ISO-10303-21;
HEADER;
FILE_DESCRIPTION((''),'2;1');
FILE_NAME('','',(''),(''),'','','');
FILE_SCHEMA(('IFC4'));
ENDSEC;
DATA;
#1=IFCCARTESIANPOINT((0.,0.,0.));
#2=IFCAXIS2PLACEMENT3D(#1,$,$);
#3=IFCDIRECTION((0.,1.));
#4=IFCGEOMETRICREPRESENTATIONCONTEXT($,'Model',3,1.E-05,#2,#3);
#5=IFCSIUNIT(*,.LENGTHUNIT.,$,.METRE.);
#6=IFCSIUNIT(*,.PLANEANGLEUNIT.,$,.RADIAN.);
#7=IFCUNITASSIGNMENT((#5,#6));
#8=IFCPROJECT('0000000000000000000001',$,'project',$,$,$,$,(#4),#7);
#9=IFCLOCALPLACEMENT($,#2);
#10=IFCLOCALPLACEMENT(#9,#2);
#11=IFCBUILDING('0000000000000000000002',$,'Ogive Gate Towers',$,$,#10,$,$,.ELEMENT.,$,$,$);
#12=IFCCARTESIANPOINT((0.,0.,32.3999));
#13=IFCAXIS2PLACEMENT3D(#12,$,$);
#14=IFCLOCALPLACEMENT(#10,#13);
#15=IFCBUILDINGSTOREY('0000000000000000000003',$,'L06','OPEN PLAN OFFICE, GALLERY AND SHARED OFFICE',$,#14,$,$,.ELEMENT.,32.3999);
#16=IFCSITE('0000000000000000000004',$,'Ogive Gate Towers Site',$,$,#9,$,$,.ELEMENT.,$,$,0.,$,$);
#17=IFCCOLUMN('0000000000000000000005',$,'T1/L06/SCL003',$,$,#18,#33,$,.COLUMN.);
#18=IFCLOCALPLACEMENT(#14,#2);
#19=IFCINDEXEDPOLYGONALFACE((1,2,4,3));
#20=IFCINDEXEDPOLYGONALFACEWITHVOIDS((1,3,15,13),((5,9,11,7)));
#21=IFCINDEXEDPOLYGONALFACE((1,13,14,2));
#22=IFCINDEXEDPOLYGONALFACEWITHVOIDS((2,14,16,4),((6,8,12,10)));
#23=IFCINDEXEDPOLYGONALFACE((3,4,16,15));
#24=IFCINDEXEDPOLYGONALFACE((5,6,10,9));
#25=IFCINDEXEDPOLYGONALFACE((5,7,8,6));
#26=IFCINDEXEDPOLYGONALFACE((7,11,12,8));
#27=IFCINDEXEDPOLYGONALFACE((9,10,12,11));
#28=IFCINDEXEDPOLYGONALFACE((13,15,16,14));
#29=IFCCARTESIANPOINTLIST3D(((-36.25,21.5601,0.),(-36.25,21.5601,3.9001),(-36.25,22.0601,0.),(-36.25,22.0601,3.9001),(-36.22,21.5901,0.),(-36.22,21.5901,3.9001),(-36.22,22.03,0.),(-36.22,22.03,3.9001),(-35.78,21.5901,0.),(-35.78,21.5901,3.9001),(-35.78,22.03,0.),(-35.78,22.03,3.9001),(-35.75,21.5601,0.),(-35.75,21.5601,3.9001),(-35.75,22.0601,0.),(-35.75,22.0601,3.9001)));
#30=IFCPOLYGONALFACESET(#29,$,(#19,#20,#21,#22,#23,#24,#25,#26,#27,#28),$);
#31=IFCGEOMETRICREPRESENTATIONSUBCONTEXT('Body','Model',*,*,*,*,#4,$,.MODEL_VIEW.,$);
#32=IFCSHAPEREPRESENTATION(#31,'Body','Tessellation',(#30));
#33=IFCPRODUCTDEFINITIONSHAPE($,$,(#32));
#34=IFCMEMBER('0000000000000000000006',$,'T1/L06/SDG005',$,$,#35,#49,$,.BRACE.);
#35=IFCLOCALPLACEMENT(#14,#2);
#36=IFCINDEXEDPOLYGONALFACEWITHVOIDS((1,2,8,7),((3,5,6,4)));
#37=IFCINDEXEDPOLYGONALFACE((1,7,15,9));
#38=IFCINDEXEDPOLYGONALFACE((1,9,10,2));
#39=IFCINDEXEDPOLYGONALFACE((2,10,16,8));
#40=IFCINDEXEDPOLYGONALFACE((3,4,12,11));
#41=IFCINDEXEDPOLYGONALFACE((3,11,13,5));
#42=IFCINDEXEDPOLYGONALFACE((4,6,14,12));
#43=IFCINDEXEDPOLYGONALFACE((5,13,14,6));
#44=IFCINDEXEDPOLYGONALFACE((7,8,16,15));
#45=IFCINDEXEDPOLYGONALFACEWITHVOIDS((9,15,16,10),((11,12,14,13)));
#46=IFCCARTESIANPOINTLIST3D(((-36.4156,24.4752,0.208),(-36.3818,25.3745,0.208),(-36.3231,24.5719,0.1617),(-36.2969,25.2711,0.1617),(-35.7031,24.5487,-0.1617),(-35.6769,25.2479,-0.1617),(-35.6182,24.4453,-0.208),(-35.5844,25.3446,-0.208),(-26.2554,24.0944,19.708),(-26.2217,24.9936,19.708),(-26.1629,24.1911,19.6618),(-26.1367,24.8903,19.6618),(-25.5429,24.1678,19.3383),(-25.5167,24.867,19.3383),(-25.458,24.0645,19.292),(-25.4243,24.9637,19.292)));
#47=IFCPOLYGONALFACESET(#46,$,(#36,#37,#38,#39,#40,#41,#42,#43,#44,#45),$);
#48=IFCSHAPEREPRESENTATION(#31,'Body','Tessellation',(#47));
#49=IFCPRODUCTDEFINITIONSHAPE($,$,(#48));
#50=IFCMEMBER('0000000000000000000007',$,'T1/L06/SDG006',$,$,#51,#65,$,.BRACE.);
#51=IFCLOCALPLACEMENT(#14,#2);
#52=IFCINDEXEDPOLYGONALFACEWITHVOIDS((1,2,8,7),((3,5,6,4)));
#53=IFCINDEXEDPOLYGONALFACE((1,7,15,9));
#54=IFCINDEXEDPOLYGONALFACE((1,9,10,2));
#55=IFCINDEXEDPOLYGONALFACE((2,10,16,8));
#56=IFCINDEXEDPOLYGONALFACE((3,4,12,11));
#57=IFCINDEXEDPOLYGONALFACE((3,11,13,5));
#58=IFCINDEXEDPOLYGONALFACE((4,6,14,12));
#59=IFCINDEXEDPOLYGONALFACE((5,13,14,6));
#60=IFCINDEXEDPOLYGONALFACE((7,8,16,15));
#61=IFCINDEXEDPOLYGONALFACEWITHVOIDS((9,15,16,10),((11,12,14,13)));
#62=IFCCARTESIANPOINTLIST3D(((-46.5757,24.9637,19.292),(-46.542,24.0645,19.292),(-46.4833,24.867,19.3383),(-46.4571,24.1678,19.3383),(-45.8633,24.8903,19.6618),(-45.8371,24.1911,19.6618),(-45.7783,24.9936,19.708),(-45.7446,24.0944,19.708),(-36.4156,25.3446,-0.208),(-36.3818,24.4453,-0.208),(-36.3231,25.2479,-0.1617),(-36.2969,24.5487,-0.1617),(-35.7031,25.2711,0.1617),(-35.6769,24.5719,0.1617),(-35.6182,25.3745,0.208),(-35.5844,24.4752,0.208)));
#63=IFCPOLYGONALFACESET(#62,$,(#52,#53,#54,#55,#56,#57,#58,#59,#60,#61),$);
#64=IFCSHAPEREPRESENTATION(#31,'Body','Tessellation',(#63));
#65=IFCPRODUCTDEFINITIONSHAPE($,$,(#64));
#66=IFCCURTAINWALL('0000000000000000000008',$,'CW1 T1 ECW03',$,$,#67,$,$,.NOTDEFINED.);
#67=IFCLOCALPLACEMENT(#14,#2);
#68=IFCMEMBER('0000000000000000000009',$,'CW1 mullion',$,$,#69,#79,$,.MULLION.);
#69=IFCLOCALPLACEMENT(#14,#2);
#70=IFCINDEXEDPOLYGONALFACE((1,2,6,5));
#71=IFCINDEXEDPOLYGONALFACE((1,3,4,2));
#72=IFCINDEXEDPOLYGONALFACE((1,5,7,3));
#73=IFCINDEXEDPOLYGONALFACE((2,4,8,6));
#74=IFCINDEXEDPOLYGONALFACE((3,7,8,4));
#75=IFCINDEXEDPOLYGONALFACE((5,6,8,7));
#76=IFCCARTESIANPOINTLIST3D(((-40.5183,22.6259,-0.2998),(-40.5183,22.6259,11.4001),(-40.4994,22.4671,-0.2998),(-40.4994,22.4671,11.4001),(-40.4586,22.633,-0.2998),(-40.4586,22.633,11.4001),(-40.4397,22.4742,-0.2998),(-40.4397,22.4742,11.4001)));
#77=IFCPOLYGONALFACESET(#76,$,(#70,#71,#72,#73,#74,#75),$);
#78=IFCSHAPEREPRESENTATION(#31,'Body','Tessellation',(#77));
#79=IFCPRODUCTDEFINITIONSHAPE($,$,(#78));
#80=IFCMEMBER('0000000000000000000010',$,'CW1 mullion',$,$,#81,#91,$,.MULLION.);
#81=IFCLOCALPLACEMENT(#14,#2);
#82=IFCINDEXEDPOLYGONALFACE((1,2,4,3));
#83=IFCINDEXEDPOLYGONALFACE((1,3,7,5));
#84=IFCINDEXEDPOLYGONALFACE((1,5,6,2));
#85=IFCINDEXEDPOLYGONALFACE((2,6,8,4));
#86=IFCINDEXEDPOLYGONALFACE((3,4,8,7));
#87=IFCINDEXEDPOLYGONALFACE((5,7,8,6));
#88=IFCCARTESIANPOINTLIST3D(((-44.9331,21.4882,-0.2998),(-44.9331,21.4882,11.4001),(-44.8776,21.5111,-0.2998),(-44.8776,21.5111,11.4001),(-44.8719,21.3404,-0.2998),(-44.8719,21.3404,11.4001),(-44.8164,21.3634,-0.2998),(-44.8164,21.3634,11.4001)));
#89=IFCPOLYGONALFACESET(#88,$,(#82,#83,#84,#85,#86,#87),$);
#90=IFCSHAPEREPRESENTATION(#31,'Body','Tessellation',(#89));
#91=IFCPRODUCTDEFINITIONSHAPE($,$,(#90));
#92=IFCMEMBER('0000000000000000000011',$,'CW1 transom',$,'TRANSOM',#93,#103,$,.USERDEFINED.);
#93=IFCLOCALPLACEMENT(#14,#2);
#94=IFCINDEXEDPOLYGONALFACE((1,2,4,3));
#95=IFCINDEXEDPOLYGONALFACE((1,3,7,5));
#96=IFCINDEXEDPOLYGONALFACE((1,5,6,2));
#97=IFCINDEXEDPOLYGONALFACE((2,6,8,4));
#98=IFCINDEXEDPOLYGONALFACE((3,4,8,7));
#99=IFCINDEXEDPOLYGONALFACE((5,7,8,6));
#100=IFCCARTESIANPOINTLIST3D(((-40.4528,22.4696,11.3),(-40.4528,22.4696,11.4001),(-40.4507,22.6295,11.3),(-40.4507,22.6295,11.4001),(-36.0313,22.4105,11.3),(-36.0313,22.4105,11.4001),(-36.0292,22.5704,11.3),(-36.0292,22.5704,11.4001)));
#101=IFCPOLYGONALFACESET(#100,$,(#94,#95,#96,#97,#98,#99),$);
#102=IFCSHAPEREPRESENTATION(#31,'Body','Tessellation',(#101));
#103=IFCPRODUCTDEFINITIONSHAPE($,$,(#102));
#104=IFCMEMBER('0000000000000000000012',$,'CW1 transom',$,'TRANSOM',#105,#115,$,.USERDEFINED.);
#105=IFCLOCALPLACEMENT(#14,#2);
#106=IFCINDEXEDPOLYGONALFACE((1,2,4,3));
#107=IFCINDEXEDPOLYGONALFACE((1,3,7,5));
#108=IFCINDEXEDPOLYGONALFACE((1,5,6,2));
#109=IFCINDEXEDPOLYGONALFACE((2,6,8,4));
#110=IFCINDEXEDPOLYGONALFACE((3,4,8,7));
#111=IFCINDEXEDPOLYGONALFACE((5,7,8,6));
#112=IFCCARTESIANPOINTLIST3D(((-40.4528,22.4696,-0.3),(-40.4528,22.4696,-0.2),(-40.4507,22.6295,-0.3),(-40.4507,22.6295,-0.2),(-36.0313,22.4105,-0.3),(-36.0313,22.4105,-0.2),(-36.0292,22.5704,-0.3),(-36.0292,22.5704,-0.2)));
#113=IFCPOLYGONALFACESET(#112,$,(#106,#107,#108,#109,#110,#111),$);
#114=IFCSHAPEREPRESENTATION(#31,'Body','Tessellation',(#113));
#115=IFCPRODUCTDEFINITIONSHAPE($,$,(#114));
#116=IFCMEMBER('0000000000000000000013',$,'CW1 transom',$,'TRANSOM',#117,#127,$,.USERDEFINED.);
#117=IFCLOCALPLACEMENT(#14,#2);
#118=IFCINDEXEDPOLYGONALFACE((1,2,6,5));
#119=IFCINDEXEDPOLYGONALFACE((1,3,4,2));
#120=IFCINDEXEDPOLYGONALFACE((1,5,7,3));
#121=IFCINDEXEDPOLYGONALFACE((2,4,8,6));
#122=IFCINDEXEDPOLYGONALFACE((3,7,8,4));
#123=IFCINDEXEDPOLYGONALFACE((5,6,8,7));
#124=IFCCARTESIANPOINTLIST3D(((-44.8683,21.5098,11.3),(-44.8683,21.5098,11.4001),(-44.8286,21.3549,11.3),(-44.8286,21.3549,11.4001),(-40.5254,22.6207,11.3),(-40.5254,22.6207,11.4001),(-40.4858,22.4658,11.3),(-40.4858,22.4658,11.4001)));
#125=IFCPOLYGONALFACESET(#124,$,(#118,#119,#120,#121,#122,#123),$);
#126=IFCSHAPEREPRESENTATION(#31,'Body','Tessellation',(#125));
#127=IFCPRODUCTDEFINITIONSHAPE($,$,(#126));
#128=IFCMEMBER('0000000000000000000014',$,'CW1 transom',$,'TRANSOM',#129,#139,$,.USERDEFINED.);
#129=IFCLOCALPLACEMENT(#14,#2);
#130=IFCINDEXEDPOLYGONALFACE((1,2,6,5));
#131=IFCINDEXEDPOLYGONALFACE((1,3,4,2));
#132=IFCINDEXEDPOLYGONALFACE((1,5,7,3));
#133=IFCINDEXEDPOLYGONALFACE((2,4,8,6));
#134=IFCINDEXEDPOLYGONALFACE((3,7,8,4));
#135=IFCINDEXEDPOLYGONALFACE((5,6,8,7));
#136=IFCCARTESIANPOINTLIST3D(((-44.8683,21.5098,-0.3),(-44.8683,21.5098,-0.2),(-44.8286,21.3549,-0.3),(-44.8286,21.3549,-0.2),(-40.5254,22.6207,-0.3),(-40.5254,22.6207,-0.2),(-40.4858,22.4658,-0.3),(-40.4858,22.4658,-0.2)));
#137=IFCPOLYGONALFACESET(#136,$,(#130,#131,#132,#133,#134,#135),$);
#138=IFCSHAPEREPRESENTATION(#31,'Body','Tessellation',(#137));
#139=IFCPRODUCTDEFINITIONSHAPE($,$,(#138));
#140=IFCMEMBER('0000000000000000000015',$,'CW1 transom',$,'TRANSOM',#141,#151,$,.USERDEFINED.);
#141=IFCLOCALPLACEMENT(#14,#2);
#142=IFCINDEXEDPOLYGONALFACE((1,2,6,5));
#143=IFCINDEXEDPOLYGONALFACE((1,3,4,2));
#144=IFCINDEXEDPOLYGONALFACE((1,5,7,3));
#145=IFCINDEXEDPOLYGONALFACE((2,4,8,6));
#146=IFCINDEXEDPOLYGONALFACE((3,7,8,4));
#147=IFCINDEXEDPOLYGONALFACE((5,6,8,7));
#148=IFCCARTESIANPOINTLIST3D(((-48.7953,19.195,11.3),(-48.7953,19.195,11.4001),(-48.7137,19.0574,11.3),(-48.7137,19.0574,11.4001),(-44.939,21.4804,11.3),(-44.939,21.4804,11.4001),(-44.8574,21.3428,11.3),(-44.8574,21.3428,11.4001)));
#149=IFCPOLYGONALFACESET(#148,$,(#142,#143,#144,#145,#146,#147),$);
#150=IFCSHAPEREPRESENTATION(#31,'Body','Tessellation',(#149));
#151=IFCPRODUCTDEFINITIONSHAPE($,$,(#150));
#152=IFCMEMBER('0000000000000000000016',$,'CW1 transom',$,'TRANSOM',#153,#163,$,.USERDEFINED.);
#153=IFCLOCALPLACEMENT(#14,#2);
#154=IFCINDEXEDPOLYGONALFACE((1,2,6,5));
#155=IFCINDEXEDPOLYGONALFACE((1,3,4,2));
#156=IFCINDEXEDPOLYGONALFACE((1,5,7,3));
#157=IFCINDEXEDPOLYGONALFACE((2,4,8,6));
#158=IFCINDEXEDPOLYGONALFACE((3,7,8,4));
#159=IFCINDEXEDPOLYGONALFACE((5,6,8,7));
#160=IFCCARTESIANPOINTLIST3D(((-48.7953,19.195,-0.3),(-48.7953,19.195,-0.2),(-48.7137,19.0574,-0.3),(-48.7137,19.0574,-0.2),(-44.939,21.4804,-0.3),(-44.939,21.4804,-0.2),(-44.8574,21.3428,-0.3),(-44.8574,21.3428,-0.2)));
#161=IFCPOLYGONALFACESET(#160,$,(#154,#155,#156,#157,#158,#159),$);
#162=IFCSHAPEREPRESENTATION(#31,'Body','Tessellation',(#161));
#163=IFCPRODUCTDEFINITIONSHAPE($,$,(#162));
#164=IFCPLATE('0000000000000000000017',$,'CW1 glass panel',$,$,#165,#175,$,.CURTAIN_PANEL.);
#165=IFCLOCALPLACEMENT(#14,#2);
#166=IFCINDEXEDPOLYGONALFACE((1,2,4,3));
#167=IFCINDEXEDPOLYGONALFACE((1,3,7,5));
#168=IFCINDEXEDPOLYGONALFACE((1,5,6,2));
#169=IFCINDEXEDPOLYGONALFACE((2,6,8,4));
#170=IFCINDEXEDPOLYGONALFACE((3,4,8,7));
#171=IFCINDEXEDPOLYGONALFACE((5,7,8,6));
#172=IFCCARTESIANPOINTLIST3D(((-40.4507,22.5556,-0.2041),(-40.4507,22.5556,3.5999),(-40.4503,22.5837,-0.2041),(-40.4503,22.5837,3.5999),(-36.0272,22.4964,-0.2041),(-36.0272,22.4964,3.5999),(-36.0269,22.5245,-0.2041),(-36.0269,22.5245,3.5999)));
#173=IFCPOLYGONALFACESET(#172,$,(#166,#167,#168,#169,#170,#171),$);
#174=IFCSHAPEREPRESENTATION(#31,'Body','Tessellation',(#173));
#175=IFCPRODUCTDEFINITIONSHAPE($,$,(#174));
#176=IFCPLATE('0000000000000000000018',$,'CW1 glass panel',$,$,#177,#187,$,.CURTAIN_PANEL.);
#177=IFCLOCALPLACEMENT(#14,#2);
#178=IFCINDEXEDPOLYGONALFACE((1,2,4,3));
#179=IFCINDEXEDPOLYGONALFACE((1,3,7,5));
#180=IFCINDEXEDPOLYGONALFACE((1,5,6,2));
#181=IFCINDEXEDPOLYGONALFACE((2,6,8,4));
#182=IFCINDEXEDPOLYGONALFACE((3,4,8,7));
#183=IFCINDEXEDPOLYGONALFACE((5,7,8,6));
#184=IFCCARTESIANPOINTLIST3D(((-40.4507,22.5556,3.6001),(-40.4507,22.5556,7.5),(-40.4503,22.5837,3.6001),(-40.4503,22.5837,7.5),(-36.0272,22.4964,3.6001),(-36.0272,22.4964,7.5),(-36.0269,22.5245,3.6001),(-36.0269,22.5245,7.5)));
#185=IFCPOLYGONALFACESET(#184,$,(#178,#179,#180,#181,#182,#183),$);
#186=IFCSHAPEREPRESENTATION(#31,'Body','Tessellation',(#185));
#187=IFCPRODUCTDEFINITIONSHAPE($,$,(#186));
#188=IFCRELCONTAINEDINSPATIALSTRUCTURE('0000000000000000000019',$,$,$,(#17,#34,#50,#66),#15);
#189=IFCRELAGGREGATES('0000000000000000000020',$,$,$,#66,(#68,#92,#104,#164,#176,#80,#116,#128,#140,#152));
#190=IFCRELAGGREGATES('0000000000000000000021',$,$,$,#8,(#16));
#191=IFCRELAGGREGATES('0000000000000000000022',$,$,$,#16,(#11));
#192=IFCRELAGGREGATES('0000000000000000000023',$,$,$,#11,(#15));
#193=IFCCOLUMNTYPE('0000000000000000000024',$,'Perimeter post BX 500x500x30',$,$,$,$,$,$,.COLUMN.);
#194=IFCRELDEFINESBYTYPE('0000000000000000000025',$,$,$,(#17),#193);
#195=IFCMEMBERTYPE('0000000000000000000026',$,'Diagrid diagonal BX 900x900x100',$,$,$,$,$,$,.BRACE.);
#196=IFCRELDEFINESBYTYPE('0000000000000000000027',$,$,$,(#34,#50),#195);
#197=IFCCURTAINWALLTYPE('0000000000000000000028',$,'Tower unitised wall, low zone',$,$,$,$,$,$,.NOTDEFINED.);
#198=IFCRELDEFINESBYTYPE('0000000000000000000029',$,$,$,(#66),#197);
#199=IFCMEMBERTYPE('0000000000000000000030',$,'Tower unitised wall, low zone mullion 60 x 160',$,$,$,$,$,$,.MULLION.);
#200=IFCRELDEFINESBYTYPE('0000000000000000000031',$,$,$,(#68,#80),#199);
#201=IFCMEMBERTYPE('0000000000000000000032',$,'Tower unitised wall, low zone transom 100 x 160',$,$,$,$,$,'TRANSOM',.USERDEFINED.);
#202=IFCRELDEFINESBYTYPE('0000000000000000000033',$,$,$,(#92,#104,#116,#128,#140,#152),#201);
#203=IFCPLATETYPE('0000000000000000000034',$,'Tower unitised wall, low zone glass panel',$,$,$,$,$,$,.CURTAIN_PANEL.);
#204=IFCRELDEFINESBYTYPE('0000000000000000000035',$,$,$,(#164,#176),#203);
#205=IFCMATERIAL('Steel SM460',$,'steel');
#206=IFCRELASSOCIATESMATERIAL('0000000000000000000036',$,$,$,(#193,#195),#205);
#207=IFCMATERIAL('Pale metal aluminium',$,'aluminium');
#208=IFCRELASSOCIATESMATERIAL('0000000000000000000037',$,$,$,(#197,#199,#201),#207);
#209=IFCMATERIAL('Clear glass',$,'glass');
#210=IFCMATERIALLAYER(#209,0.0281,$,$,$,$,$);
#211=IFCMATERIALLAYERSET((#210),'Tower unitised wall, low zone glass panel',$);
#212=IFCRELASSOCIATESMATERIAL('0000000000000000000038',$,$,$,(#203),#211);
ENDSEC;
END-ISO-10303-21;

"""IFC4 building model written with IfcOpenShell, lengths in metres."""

from ifc_helpers import new_model, si_unit, direction, frame, origin, origin_2d, place, context, subcontext, project, spatial, rectangle, hollow_rectangle, extrude, material, layer, layer_set, material_profile, profile_set, type_object, element, aggregate, save


model = new_model("IFC4")

# Units and contexts
model_context = context("Model", 3, precision=1e-05, world=origin(), true_north=direction((0.0, 1.0)))
body_context = subcontext(model_context, "Body", "Model", "MODEL_VIEW")
ifc_project = project(units=[si_unit("LENGTHUNIT", "METRE"), si_unit("PLANEANGLEUNIT", "RADIAN")], contexts=[model_context])

# Site, building, storey
site_placement = place(None, origin())
site = spatial("IfcSite", under=ifc_project, at=site_placement, Name="Ogive Gate Towers Site", CompositionType="ELEMENT", RefElevation=0.0)
building_placement = place(site_placement, origin())
building = spatial("IfcBuilding", under=site, at=building_placement, Name="Ogive Gate Towers", CompositionType="ELEMENT")
storey_placement = place(building_placement, frame((0.0, 0.0, 32.3999)))
storey = spatial("IfcBuildingStorey", under=building, at=storey_placement, Name="L06", Description="OPEN PLAN OFFICE, GALLERY AND SHARED OFFICE", CompositionType="ELEMENT", Elevation=32.3999)

# Column
ifc_material_1 = material(Name="Steel SM460", Category="steel")
ifc_material_profile_1 = material_profile(ifc_material_1, hollow_rectangle(XDim=0.5, YDim=0.5, WallThickness=0.03, at=origin_2d()), Name="BX 500x500x30")
ifc_profile_set_1 = profile_set([ifc_material_profile_1], Name="Steel SM460")
column_type = type_object("IfcColumnType", Name="Perimeter post BX 500x500x30", PredefinedType="COLUMN", material=ifc_profile_set_1)
column_placement = place(storey_placement, frame((-36.0, 21.8101, 0.0), z_axis=(0.0, 0.0, 1.0), x_axis=(1.0, 0.0, 0.0)))
element("IfcColumn", 1, at=column_placement, inside=storey, type_object=column_type, Name="T1/L06/SCL003", PredefinedType="COLUMN", context=body_context, shape_type="SweptSolid", body=[
    extrude(hollow_rectangle(XDim=0.5, YDim=0.5, WallThickness=0.03, at=origin_2d()), origin(), (0.0, 0.0, 1.0), 3.9001),
])

# Members
ifc_material_profile_2 = material_profile(ifc_material_1, hollow_rectangle(XDim=0.8999, YDim=0.8999, WallThickness=0.1001, at=origin_2d()), Name="BX 900x900x100")
ifc_profile_set_2 = profile_set([ifc_material_profile_2], Name="Steel SM460")
member_type_1 = type_object("IfcMemberType", Name="Diagrid diagonal BX 900x900x100", PredefinedType="BRACE", material=ifc_profile_set_2)
for number, where, z_axis, x_axis, name in (
    (2, (-36.0, 24.9099, 0.0), (0.462005, -0.017319, 0.886708), (0.037459, 0.999298, 0.0), "T1/L06/SDG005"),
    (3, (-36.0, 24.9099, 0.0), (-0.462005, -0.017319, 0.886708), (0.037459, -0.999298, 0.0), "T1/L06/SDG006"),
):
    element("IfcMember", number, at=place(storey_placement, frame(where, z_axis=z_axis, x_axis=x_axis)), inside=storey, type_object=member_type_1, Name=name, PredefinedType="BRACE", context=body_context, shape_type="SweptSolid", body=[
        extrude(hollow_rectangle(XDim=0.8999, YDim=0.8999, WallThickness=0.1001, at=origin_2d()), origin(), (0.0, 0.0, 1.0), 21.9915),
    ])

# Curtain wall, members, plates
ifc_material_2 = material(Name="Pale metal aluminium", Category="aluminium")
curtain_wall_type = type_object("IfcCurtainWallType", Name="Tower unitised wall, low zone", PredefinedType="NOTDEFINED", material=ifc_material_2)
curtain_wall_placement = place(storey_placement, origin())
curtain_wall = element("IfcCurtainWall", 4, at=curtain_wall_placement, inside=storey, type_object=curtain_wall_type, Name="CW1 T1 ECW03", PredefinedType="NOTDEFINED")
ifc_material_profile_3 = material_profile(ifc_material_2, rectangle(XDim=0.1599, YDim=0.0601, at=origin_2d()), Name="60 x 160 aluminium box")
ifc_profile_set_3 = profile_set([ifc_material_profile_3], Name="Pale metal aluminium")
member_type_2 = type_object("IfcMemberType", Name="Tower unitised wall, low zone mullion 60 x 160", PredefinedType="MULLION", material=ifc_profile_set_3)
member_1_placement = place(storey_placement, frame((-40.479, 22.55, -0.2998), z_axis=(0.0, 0.0, 1.0), x_axis=(-0.118248, 0.992984, 0.0)))
member_1 = element("IfcMember", 5, at=member_1_placement, type_object=member_type_2, Name="CW1 mullion", PredefinedType="MULLION", context=body_context, shape_type="SweptSolid", body=[
    extrude(rectangle(XDim=0.1599, YDim=0.0601, at=origin_2d()), origin(), (0.0, 0.0, 1.0), 11.7),
])
member_2_placement = place(storey_placement, frame((-44.8748, 21.4258, -0.2998), z_axis=(0.0, 0.0, 1.0), x_axis=(-0.382683, 0.92388, 0.0)))
member_2 = element("IfcMember", 6, at=member_2_placement, type_object=member_type_2, Name="CW1 mullion", PredefinedType="MULLION", context=body_context, shape_type="SweptSolid", body=[
    extrude(rectangle(XDim=0.1599, YDim=0.0601, at=origin_2d()), origin(), (0.0, 0.0, 1.0), 11.7),
])
ifc_material_profile_4 = material_profile(ifc_material_2, rectangle(XDim=0.1599, YDim=0.1001, at=origin_2d()), Name="100 x 160 aluminium box")
ifc_profile_set_4 = profile_set([ifc_material_profile_4], Name="Pale metal aluminium")
member_type_3 = type_object("IfcMemberType", Name="Tower unitised wall, low zone transom 100 x 160", ElementType="TRANSOM", PredefinedType="USERDEFINED", material=ifc_profile_set_4)
member_3_placement = place(storey_placement, frame((-36.0303, 22.4905, 11.3501), z_axis=(-0.999911, 0.013362, 0.0), x_axis=(-0.013362, -0.999911, 0.0)))
member_3 = element("IfcMember", 7, at=member_3_placement, type_object=member_type_3, Name="CW1 transom", ObjectType="TRANSOM", PredefinedType="USERDEFINED", context=body_context, shape_type="SweptSolid", body=[
    extrude(rectangle(XDim=0.1599, YDim=0.1001, at=origin_2d()), origin(), (0.0, 0.0, 1.0), 4.4219),
])
member_4_placement = place(storey_placement, frame((-36.0303, 22.4905, -0.25), z_axis=(-0.999911, 0.013362, 0.0), x_axis=(-0.013362, -0.999911, 0.0)))
member_4 = element("IfcMember", 8, at=member_4_placement, type_object=member_type_3, Name="CW1 transom", ObjectType="TRANSOM", PredefinedType="USERDEFINED", context=body_context, shape_type="SweptSolid", body=[
    extrude(rectangle(XDim=0.1599, YDim=0.1001, at=origin_2d()), origin(), (0.0, 0.0, 1.0), 4.4219),
])
member_5_placement = place(storey_placement, frame((-40.5056, 22.5432, 11.3501), z_axis=(-0.968808, -0.247812, 0.0), x_axis=(0.247812, -0.968808, 0.0)))
member_5 = element("IfcMember", 9, at=member_5_placement, type_object=member_type_3, Name="CW1 transom", ObjectType="TRANSOM", PredefinedType="USERDEFINED", context=body_context, shape_type="SweptSolid", body=[
    extrude(rectangle(XDim=0.1599, YDim=0.1001, at=origin_2d()), origin(), (0.0, 0.0, 1.0), 4.4827),
])
member_6_placement = place(storey_placement, frame((-40.5056, 22.5432, -0.25), z_axis=(-0.968808, -0.247812, 0.0), x_axis=(0.247812, -0.968808, 0.0)))
member_6 = element("IfcMember", 10, at=member_6_placement, type_object=member_type_3, Name="CW1 transom", ObjectType="TRANSOM", PredefinedType="USERDEFINED", context=body_context, shape_type="SweptSolid", body=[
    extrude(rectangle(XDim=0.1599, YDim=0.1001, at=origin_2d()), origin(), (0.0, 0.0, 1.0), 4.4827),
])
member_7_placement = place(storey_placement, frame((-44.8982, 21.4116, 11.3501), z_axis=(-0.860268, -0.509843, 0.0), x_axis=(0.509843, -0.860268, 0.0)))
member_7 = element("IfcMember", 11, at=member_7_placement, type_object=member_type_3, Name="CW1 transom", ObjectType="TRANSOM", PredefinedType="USERDEFINED", context=body_context, shape_type="SweptSolid", body=[
    extrude(rectangle(XDim=0.1599, YDim=0.1001, at=origin_2d()), origin(), (0.0, 0.0, 1.0), 4.4827),
])
member_8_placement = place(storey_placement, frame((-44.8982, 21.4116, -0.25), z_axis=(-0.860268, -0.509843, 0.0), x_axis=(0.509843, -0.860268, 0.0)))
member_8 = element("IfcMember", 12, at=member_8_placement, type_object=member_type_3, Name="CW1 transom", ObjectType="TRANSOM", PredefinedType="USERDEFINED", context=body_context, shape_type="SweptSolid", body=[
    extrude(rectangle(XDim=0.1599, YDim=0.1001, at=origin_2d()), origin(), (0.0, 0.0, 1.0), 4.4827),
])
ifc_material_3 = material(Name="Clear glass", Category="glass")
ifc_layer_1 = layer(ifc_material_3, 0.0281)
ifc_layer_set_1 = layer_set([ifc_layer_1], Name="Tower unitised wall, low zone glass panel")
plate_type = type_object("IfcPlateType", Name="Tower unitised wall, low zone glass panel", PredefinedType="CURTAIN_PANEL", material=ifc_layer_set_1)
plate_1_placement = place(storey_placement, frame((-38.2388, 22.54, -0.2041), z_axis=(0.0, 0.0, 1.0), x_axis=(-0.99991, 0.013386, 0.0)))
plate_1 = element("IfcPlate", 13, at=plate_1_placement, type_object=plate_type, Name="CW1 glass panel", PredefinedType="CURTAIN_PANEL", context=body_context, shape_type="SweptSolid", body=[
    extrude(rectangle(XDim=4.4238, YDim=0.0281, at=origin_2d()), origin(), (0.0, 0.0, 1.0), 3.804),
])
plate_2_placement = place(storey_placement, frame((-38.2388, 22.54, 3.6001), z_axis=(0.0, 0.0, 1.0), x_axis=(-0.99991, 0.013386, 0.0)))
plate_2 = element("IfcPlate", 14, at=plate_2_placement, type_object=plate_type, Name="CW1 glass panel", PredefinedType="CURTAIN_PANEL", context=body_context, shape_type="SweptSolid", body=[
    extrude(rectangle(XDim=4.4238, YDim=0.0281, at=origin_2d()), origin(), (0.0, 0.0, 1.0), 3.8999),
])
aggregate(curtain_wall, [member_1, member_3, member_4, plate_1, plate_2, member_2, member_5, member_6, member_7, member_8])

save(model, "model.ifc")
